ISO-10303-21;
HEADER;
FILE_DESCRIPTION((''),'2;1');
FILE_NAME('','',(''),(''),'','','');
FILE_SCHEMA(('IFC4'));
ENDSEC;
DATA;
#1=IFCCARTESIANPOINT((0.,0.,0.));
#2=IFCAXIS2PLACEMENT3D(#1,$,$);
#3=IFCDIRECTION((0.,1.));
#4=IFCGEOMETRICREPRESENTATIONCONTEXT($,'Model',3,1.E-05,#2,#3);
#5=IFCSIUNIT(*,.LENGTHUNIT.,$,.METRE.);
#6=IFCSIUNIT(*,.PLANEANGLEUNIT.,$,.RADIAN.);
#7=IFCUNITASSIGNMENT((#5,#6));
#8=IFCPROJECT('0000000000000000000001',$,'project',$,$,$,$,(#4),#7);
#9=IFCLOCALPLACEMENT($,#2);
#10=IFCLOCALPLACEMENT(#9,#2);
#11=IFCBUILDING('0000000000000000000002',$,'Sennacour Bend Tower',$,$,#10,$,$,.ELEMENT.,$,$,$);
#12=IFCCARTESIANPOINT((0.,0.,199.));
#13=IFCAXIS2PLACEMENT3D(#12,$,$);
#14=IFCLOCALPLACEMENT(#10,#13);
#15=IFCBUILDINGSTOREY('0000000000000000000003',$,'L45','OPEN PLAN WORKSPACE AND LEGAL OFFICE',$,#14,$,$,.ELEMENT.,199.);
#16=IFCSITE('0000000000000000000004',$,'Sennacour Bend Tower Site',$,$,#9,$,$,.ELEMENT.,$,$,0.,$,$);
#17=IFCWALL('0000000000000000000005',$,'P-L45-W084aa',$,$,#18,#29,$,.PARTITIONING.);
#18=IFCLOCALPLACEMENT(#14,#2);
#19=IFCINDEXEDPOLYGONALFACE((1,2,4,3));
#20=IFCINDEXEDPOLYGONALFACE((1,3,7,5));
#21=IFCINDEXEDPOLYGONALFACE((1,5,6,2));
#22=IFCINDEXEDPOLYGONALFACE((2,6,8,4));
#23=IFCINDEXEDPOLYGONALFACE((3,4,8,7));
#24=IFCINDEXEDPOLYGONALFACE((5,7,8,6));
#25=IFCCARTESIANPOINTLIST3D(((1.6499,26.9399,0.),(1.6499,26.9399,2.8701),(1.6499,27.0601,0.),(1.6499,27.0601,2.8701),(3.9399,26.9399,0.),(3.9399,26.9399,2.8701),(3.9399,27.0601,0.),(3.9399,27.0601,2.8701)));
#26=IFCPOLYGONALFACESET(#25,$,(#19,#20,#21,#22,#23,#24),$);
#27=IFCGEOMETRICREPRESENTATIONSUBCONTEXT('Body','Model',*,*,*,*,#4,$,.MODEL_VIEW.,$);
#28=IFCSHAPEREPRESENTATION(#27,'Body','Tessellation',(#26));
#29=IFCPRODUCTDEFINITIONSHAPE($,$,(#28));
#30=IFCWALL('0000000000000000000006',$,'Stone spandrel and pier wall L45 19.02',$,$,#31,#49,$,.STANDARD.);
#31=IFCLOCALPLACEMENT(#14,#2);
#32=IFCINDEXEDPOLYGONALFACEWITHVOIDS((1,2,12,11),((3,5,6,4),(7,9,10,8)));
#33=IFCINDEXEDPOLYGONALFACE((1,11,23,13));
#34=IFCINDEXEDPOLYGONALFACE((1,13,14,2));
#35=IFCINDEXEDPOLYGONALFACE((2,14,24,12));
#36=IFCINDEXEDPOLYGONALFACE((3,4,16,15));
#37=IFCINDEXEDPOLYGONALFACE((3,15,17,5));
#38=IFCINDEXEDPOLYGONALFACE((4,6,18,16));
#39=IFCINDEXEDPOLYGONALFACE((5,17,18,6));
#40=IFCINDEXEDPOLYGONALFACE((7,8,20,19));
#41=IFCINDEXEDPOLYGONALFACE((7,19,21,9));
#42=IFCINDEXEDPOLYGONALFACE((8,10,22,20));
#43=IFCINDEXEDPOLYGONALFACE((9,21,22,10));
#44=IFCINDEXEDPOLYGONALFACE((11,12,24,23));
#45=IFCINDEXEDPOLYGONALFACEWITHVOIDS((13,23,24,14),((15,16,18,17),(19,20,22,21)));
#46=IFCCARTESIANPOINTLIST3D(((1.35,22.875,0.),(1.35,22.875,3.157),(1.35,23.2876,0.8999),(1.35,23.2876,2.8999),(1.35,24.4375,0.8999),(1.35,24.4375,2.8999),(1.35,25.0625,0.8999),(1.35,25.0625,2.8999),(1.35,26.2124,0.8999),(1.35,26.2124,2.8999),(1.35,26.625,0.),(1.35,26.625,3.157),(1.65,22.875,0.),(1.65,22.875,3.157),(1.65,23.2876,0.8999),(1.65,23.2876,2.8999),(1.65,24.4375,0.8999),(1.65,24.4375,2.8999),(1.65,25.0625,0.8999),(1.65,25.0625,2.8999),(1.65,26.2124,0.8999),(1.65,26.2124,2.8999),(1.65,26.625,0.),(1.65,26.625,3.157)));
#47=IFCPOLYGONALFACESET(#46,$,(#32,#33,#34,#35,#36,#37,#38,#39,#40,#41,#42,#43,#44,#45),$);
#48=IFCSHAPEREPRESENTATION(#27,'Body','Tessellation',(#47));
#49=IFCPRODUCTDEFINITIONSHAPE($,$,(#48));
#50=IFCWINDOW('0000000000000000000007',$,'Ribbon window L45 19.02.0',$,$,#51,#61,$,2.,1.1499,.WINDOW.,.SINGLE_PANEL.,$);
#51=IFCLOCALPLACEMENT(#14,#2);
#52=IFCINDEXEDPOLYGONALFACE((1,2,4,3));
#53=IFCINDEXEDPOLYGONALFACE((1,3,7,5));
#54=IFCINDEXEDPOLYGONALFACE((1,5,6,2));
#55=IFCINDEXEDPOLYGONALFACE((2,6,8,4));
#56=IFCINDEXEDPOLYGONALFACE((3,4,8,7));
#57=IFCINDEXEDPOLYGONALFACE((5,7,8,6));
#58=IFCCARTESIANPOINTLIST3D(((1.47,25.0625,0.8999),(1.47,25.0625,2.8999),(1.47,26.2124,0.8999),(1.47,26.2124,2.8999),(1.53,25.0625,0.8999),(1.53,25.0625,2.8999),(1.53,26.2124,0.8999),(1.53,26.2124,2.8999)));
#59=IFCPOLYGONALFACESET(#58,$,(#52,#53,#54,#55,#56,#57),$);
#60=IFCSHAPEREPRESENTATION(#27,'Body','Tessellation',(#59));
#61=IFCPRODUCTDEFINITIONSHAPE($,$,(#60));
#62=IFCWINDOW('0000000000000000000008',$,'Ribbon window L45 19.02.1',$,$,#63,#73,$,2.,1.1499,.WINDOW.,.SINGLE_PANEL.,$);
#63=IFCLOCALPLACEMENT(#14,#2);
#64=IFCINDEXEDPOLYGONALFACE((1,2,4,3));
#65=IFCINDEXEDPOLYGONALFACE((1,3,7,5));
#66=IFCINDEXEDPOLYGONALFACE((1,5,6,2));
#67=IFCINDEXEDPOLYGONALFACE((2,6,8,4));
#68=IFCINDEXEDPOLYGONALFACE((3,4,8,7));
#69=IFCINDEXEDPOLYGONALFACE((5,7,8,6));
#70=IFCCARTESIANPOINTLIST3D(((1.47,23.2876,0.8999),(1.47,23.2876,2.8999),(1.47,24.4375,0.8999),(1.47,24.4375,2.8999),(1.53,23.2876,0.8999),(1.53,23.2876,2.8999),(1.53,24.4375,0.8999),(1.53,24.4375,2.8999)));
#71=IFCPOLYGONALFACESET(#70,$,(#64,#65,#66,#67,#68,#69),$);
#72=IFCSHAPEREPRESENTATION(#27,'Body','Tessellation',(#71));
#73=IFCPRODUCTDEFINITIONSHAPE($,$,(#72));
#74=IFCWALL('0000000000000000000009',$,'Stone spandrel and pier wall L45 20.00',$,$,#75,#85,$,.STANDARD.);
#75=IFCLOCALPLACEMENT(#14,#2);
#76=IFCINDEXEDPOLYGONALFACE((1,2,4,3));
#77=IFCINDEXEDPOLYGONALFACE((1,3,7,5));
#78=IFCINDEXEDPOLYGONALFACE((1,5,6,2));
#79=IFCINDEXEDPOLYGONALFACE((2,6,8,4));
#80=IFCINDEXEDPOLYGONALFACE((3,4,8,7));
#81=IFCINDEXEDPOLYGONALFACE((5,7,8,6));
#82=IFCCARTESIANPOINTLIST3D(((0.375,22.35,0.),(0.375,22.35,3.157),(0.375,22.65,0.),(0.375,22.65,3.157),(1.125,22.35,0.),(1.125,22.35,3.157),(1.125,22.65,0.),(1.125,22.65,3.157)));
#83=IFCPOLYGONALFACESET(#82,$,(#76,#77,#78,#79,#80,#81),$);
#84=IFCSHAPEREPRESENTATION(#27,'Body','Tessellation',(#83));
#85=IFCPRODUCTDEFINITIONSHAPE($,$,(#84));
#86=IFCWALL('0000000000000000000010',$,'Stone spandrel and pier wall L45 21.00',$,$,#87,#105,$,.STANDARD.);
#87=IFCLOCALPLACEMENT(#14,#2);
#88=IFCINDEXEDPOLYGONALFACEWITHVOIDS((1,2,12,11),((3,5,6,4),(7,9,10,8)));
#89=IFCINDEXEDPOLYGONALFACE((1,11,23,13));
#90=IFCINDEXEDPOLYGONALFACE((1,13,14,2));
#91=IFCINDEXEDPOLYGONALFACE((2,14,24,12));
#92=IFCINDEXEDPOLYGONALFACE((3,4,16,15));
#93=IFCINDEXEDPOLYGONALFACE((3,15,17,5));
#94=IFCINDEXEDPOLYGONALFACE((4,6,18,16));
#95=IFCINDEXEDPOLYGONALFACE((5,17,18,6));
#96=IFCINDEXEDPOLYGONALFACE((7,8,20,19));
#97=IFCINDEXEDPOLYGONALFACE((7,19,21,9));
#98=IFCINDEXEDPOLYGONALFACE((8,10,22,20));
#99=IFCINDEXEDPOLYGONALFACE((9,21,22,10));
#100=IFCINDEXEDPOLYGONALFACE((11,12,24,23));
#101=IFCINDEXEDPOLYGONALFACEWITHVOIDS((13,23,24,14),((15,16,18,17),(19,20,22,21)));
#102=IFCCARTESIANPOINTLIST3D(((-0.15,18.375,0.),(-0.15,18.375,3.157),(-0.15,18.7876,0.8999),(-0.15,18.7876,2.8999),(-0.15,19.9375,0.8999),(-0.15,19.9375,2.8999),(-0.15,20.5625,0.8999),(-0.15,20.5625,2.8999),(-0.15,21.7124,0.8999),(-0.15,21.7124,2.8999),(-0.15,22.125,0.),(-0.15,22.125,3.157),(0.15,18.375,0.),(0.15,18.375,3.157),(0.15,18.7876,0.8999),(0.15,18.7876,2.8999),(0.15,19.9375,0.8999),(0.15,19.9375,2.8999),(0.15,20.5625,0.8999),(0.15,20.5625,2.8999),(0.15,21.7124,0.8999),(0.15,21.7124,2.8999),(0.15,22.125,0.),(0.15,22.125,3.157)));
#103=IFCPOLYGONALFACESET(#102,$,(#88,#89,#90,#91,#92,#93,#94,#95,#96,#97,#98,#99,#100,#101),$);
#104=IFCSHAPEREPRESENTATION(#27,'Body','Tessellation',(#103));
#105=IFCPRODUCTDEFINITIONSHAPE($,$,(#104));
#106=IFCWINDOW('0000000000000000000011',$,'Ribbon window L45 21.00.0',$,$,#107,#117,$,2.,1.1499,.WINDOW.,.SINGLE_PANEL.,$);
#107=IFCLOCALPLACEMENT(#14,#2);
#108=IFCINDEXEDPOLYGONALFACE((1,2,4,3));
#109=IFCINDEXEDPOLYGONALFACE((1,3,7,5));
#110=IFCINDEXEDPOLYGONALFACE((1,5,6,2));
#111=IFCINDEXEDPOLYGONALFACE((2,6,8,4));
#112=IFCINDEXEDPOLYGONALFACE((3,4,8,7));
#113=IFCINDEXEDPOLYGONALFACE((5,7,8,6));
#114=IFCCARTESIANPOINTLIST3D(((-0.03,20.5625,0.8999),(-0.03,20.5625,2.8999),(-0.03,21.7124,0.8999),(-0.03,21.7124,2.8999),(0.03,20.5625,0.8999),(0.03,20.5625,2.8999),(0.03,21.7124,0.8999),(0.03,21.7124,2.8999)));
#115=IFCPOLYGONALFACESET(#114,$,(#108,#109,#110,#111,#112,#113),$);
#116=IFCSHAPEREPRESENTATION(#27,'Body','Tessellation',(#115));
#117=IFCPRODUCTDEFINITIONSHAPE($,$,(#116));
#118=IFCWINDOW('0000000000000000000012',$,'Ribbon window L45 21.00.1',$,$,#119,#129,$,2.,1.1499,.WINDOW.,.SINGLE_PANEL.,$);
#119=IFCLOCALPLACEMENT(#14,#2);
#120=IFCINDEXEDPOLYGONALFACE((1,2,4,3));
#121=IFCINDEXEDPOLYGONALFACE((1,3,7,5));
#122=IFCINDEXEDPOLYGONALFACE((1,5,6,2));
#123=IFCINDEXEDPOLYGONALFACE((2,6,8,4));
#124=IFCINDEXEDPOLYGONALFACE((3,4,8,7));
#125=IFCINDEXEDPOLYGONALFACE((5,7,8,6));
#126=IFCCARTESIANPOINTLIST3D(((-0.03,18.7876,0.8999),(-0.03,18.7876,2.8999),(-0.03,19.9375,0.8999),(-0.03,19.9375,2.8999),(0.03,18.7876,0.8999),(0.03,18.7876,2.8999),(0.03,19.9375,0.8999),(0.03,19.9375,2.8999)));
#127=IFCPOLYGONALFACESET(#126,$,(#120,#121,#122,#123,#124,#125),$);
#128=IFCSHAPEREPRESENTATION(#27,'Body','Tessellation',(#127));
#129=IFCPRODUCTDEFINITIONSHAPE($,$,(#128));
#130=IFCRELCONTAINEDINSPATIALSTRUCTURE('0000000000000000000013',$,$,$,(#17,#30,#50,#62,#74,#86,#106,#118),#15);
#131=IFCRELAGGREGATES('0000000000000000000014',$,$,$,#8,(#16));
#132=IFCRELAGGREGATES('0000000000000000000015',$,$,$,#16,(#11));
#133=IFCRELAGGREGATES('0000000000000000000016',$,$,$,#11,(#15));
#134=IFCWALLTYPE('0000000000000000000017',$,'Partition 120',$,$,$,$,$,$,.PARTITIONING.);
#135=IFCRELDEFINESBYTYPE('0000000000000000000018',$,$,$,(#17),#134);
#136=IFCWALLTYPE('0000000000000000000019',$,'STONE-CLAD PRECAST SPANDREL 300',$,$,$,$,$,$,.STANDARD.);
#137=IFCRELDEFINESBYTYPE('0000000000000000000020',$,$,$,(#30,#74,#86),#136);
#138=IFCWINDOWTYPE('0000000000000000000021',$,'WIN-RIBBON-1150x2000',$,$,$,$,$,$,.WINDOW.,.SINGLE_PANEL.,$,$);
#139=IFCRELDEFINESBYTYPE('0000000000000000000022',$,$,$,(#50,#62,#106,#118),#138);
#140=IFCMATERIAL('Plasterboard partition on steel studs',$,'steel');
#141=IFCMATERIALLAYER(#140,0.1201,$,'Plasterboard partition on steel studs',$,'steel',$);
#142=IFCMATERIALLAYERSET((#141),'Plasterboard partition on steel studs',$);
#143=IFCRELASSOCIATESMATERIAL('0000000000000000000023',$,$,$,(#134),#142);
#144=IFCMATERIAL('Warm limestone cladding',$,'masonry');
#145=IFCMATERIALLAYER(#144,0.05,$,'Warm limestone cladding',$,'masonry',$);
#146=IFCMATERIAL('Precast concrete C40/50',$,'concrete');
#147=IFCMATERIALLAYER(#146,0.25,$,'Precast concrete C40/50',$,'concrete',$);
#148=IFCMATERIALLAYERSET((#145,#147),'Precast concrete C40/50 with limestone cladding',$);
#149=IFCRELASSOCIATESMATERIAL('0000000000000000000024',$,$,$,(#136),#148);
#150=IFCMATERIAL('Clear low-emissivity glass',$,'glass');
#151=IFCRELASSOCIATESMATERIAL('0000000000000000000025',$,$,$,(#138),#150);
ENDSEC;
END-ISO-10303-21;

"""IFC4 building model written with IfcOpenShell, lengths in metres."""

from ifc_helpers import new_model, si_unit, direction, frame, frame_2d, origin, place, context, subcontext, project, spatial, rectangle, extrude, material, layer, layer_set, type_object, element, fill, save


model = new_model("IFC4")

# Units and contexts
model_context = context("Model", 3, precision=1e-05, world=origin(), true_north=direction((0.0, 1.0)))
body_context = subcontext(model_context, "Body", "Model", "MODEL_VIEW")
ifc_project = project(units=[si_unit("LENGTHUNIT", "METRE"), si_unit("PLANEANGLEUNIT", "RADIAN")], contexts=[model_context])

# Site, building, storey
site_placement = place(None, origin())
site = spatial("IfcSite", under=ifc_project, at=site_placement, Name="Sennacour Bend Tower Site", CompositionType="ELEMENT", RefElevation=0.0)
building_placement = place(site_placement, origin())
building = spatial("IfcBuilding", under=site, at=building_placement, Name="Sennacour Bend Tower", CompositionType="ELEMENT")
storey_placement = place(building_placement, frame((0.0, 0.0, 199.0)))
storey = spatial("IfcBuildingStorey", under=building, at=storey_placement, Name="L45", Description="OPEN PLAN WORKSPACE AND LEGAL OFFICE", CompositionType="ELEMENT", Elevation=199.0)

# Wall
ifc_material_1 = material(Name="Plasterboard partition on steel studs", Category="steel")
ifc_layer_1 = layer(ifc_material_1, 0.1201, Name="Plasterboard partition on steel studs", Category="steel")
ifc_layer_set_1 = layer_set([ifc_layer_1], Name="Plasterboard partition on steel studs")
wall_type_1 = type_object("IfcWallType", Name="Partition 120", PredefinedType="PARTITIONING", material=ifc_layer_set_1)
wall_1_placement = place(storey_placement, frame((1.6499, 27.0, 0.0), z_axis=(0.0, 0.0, 1.0), x_axis=(1.0, 0.0, 0.0)))
element("IfcWall", 1, at=wall_1_placement, inside=storey, type_object=wall_type_1, Name="P-L45-W084aa", PredefinedType="PARTITIONING", context=body_context, shape_type="SweptSolid", body=[
    extrude(rectangle(XDim=2.29, YDim=0.1201, at=frame_2d((1.145, 0.0))), origin(), (0.0, 0.0, 1.0), 2.8701),
])

# Wall, openings, windows
ifc_material_2 = material(Name="Warm limestone cladding", Category="masonry")
ifc_layer_2 = layer(ifc_material_2, 0.05, Name="Warm limestone cladding", Category="masonry")
ifc_material_3 = material(Name="Precast concrete C40/50", Category="concrete")
ifc_layer_3 = layer(ifc_material_3, 0.25, Name="Precast concrete C40/50", Category="concrete")
ifc_layer_set_2 = layer_set([ifc_layer_2, ifc_layer_3], Name="Precast concrete C40/50 with limestone cladding")
wall_type_2 = type_object("IfcWallType", Name="STONE-CLAD PRECAST SPANDREL 300", PredefinedType="STANDARD", material=ifc_layer_set_2)
wall_2_placement = place(storey_placement, frame((1.5, 26.625, 0.0), z_axis=(0.0, 0.0, 1.0), x_axis=(0.0, -1.0, 0.0)))
wall_2 = element("IfcWall", 2, at=wall_2_placement, inside=storey, type_object=wall_type_2, Name="Stone spandrel and pier wall L45 19.02", PredefinedType="STANDARD", context=body_context, shape_type="SweptSolid", body=[
    extrude(rectangle(XDim=3.75, YDim=0.3, at=frame_2d((1.875, 0.0))), origin(), (0.0, 0.0, 1.0), 3.157),
])
opening_1_placement = place(wall_2_placement, frame((0.4126, 0.0, 0.8999)))
opening_1 = element("IfcOpeningElement", 3, at=opening_1_placement, cuts=wall_2, PredefinedType="OPENING", context=body_context, shape_type="SweptSolid", body=[
    extrude(rectangle(XDim=1.1499, YDim=2.0, at=frame_2d((0.575, 1.0))), frame((0.0, 0.1602, 0.0), z_axis=(0.0, -1.0, 0.0), x_axis=(1.0, 0.0, 0.0)), (0.0, 0.0, 1.0), 0.3201),
])
opening_2_placement = place(wall_2_placement, frame((2.1875, 0.0, 0.8999)))
opening_2 = element("IfcOpeningElement", 4, at=opening_2_placement, cuts=wall_2, PredefinedType="OPENING", context=body_context, shape_type="SweptSolid", body=[
    extrude(rectangle(XDim=1.1499, YDim=2.0, at=frame_2d((0.575, 1.0))), frame((0.0, 0.1602, 0.0), z_axis=(0.0, -1.0, 0.0), x_axis=(1.0, 0.0, 0.0)), (0.0, 0.0, 1.0), 0.3201),
])
ifc_material_4 = material(Name="Clear low-emissivity glass", Category="glass")
window_type = type_object("IfcWindowType", Name="WIN-RIBBON-1150x2000", PartitioningType="SINGLE_PANEL", PredefinedType="WINDOW", material=ifc_material_4)
window_1_placement = place(opening_1_placement, origin())
window_1 = element("IfcWindow", 5, at=window_1_placement, inside=storey, type_object=window_type, Name="Ribbon window L45 19.02.0", OverallHeight=2.0, OverallWidth=1.1499, PartitioningType="SINGLE_PANEL", PredefinedType="WINDOW", context=body_context, shape_type="SweptSolid", body=[
    extrude(rectangle(XDim=1.1499, YDim=2.0, at=frame_2d((0.575, 1.0))), frame((0.0, 0.03, 0.0), z_axis=(0.0, -1.0, 0.0), x_axis=(1.0, 0.0, 0.0)), (0.0, 0.0, 1.0), 0.0601),
])
fill(opening_1, window_1)
window_2_placement = place(opening_2_placement, origin())
window_2 = element("IfcWindow", 6, at=window_2_placement, inside=storey, type_object=window_type, Name="Ribbon window L45 19.02.1", OverallHeight=2.0, OverallWidth=1.1499, PartitioningType="SINGLE_PANEL", PredefinedType="WINDOW", context=body_context, shape_type="SweptSolid", body=[
    extrude(rectangle(XDim=1.1499, YDim=2.0, at=frame_2d((0.575, 1.0))), frame((0.0, 0.03, 0.0), z_axis=(0.0, -1.0, 0.0), x_axis=(1.0, 0.0, 0.0)), (0.0, 0.0, 1.0), 0.0601),
])
fill(opening_2, window_2)

# Wall
wall_3_placement = place(storey_placement, frame((1.125, 22.5, 0.0), z_axis=(0.0, 0.0, 1.0), x_axis=(-1.0, 0.0, 0.0)))
element("IfcWall", 7, at=wall_3_placement, inside=storey, type_object=wall_type_2, Name="Stone spandrel and pier wall L45 20.00", PredefinedType="STANDARD", context=body_context, shape_type="SweptSolid", body=[
    extrude(rectangle(XDim=0.75, YDim=0.3, at=frame_2d((0.375, 0.0))), origin(), (0.0, 0.0, 1.0), 3.157),
])

# Wall, openings, windows
wall_4_placement = place(storey_placement, frame((0.0, 22.125, 0.0), z_axis=(0.0, 0.0, 1.0), x_axis=(0.0, -1.0, 0.0)))
wall_4 = element("IfcWall", 8, at=wall_4_placement, inside=storey, type_object=wall_type_2, Name="Stone spandrel and pier wall L45 21.00", PredefinedType="STANDARD", context=body_context, shape_type="SweptSolid", body=[
    extrude(rectangle(XDim=3.75, YDim=0.3, at=frame_2d((1.875, 0.0))), origin(), (0.0, 0.0, 1.0), 3.157),
])
opening_3_placement = place(wall_4_placement, frame((0.4126, 0.0, 0.8999)))
opening_3 = element("IfcOpeningElement", 9, at=opening_3_placement, cuts=wall_4, PredefinedType="OPENING", context=body_context, shape_type="SweptSolid", body=[
    extrude(rectangle(XDim=1.1499, YDim=2.0, at=frame_2d((0.575, 1.0))), frame((0.0, 0.1602, 0.0), z_axis=(0.0, -1.0, 0.0), x_axis=(1.0, 0.0, 0.0)), (0.0, 0.0, 1.0), 0.3201),
])
opening_4_placement = place(wall_4_placement, frame((2.1875, 0.0, 0.8999)))
opening_4 = element("IfcOpeningElement", 10, at=opening_4_placement, cuts=wall_4, PredefinedType="OPENING", context=body_context, shape_type="SweptSolid", body=[
    extrude(rectangle(XDim=1.1499, YDim=2.0, at=frame_2d((0.575, 1.0))), frame((0.0, 0.1602, 0.0), z_axis=(0.0, -1.0, 0.0), x_axis=(1.0, 0.0, 0.0)), (0.0, 0.0, 1.0), 0.3201),
])
window_3_placement = place(opening_3_placement, origin())
window_3 = element("IfcWindow", 11, at=window_3_placement, inside=storey, type_object=window_type, Name="Ribbon window L45 21.00.0", OverallHeight=2.0, OverallWidth=1.1499, PartitioningType="SINGLE_PANEL", PredefinedType="WINDOW", context=body_context, shape_type="SweptSolid", body=[
    extrude(rectangle(XDim=1.1499, YDim=2.0, at=frame_2d((0.575, 1.0))), frame((0.0, 0.03, 0.0), z_axis=(0.0, -1.0, 0.0), x_axis=(1.0, 0.0, 0.0)), (0.0, 0.0, 1.0), 0.0601),
])
fill(opening_3, window_3)
window_4_placement = place(opening_4_placement, origin())
window_4 = element("IfcWindow", 12, at=window_4_placement, inside=storey, type_object=window_type, Name="Ribbon window L45 21.00.1", OverallHeight=2.0, OverallWidth=1.1499, PartitioningType="SINGLE_PANEL", PredefinedType="WINDOW", context=body_context, shape_type="SweptSolid", body=[
    extrude(rectangle(XDim=1.1499, YDim=2.0, at=frame_2d((0.575, 1.0))), frame((0.0, 0.03, 0.0), z_axis=(0.0, -1.0, 0.0), x_axis=(1.0, 0.0, 0.0)), (0.0, 0.0, 1.0), 0.0601),
])
fill(opening_4, window_4)

save(model, "model.ifc")
